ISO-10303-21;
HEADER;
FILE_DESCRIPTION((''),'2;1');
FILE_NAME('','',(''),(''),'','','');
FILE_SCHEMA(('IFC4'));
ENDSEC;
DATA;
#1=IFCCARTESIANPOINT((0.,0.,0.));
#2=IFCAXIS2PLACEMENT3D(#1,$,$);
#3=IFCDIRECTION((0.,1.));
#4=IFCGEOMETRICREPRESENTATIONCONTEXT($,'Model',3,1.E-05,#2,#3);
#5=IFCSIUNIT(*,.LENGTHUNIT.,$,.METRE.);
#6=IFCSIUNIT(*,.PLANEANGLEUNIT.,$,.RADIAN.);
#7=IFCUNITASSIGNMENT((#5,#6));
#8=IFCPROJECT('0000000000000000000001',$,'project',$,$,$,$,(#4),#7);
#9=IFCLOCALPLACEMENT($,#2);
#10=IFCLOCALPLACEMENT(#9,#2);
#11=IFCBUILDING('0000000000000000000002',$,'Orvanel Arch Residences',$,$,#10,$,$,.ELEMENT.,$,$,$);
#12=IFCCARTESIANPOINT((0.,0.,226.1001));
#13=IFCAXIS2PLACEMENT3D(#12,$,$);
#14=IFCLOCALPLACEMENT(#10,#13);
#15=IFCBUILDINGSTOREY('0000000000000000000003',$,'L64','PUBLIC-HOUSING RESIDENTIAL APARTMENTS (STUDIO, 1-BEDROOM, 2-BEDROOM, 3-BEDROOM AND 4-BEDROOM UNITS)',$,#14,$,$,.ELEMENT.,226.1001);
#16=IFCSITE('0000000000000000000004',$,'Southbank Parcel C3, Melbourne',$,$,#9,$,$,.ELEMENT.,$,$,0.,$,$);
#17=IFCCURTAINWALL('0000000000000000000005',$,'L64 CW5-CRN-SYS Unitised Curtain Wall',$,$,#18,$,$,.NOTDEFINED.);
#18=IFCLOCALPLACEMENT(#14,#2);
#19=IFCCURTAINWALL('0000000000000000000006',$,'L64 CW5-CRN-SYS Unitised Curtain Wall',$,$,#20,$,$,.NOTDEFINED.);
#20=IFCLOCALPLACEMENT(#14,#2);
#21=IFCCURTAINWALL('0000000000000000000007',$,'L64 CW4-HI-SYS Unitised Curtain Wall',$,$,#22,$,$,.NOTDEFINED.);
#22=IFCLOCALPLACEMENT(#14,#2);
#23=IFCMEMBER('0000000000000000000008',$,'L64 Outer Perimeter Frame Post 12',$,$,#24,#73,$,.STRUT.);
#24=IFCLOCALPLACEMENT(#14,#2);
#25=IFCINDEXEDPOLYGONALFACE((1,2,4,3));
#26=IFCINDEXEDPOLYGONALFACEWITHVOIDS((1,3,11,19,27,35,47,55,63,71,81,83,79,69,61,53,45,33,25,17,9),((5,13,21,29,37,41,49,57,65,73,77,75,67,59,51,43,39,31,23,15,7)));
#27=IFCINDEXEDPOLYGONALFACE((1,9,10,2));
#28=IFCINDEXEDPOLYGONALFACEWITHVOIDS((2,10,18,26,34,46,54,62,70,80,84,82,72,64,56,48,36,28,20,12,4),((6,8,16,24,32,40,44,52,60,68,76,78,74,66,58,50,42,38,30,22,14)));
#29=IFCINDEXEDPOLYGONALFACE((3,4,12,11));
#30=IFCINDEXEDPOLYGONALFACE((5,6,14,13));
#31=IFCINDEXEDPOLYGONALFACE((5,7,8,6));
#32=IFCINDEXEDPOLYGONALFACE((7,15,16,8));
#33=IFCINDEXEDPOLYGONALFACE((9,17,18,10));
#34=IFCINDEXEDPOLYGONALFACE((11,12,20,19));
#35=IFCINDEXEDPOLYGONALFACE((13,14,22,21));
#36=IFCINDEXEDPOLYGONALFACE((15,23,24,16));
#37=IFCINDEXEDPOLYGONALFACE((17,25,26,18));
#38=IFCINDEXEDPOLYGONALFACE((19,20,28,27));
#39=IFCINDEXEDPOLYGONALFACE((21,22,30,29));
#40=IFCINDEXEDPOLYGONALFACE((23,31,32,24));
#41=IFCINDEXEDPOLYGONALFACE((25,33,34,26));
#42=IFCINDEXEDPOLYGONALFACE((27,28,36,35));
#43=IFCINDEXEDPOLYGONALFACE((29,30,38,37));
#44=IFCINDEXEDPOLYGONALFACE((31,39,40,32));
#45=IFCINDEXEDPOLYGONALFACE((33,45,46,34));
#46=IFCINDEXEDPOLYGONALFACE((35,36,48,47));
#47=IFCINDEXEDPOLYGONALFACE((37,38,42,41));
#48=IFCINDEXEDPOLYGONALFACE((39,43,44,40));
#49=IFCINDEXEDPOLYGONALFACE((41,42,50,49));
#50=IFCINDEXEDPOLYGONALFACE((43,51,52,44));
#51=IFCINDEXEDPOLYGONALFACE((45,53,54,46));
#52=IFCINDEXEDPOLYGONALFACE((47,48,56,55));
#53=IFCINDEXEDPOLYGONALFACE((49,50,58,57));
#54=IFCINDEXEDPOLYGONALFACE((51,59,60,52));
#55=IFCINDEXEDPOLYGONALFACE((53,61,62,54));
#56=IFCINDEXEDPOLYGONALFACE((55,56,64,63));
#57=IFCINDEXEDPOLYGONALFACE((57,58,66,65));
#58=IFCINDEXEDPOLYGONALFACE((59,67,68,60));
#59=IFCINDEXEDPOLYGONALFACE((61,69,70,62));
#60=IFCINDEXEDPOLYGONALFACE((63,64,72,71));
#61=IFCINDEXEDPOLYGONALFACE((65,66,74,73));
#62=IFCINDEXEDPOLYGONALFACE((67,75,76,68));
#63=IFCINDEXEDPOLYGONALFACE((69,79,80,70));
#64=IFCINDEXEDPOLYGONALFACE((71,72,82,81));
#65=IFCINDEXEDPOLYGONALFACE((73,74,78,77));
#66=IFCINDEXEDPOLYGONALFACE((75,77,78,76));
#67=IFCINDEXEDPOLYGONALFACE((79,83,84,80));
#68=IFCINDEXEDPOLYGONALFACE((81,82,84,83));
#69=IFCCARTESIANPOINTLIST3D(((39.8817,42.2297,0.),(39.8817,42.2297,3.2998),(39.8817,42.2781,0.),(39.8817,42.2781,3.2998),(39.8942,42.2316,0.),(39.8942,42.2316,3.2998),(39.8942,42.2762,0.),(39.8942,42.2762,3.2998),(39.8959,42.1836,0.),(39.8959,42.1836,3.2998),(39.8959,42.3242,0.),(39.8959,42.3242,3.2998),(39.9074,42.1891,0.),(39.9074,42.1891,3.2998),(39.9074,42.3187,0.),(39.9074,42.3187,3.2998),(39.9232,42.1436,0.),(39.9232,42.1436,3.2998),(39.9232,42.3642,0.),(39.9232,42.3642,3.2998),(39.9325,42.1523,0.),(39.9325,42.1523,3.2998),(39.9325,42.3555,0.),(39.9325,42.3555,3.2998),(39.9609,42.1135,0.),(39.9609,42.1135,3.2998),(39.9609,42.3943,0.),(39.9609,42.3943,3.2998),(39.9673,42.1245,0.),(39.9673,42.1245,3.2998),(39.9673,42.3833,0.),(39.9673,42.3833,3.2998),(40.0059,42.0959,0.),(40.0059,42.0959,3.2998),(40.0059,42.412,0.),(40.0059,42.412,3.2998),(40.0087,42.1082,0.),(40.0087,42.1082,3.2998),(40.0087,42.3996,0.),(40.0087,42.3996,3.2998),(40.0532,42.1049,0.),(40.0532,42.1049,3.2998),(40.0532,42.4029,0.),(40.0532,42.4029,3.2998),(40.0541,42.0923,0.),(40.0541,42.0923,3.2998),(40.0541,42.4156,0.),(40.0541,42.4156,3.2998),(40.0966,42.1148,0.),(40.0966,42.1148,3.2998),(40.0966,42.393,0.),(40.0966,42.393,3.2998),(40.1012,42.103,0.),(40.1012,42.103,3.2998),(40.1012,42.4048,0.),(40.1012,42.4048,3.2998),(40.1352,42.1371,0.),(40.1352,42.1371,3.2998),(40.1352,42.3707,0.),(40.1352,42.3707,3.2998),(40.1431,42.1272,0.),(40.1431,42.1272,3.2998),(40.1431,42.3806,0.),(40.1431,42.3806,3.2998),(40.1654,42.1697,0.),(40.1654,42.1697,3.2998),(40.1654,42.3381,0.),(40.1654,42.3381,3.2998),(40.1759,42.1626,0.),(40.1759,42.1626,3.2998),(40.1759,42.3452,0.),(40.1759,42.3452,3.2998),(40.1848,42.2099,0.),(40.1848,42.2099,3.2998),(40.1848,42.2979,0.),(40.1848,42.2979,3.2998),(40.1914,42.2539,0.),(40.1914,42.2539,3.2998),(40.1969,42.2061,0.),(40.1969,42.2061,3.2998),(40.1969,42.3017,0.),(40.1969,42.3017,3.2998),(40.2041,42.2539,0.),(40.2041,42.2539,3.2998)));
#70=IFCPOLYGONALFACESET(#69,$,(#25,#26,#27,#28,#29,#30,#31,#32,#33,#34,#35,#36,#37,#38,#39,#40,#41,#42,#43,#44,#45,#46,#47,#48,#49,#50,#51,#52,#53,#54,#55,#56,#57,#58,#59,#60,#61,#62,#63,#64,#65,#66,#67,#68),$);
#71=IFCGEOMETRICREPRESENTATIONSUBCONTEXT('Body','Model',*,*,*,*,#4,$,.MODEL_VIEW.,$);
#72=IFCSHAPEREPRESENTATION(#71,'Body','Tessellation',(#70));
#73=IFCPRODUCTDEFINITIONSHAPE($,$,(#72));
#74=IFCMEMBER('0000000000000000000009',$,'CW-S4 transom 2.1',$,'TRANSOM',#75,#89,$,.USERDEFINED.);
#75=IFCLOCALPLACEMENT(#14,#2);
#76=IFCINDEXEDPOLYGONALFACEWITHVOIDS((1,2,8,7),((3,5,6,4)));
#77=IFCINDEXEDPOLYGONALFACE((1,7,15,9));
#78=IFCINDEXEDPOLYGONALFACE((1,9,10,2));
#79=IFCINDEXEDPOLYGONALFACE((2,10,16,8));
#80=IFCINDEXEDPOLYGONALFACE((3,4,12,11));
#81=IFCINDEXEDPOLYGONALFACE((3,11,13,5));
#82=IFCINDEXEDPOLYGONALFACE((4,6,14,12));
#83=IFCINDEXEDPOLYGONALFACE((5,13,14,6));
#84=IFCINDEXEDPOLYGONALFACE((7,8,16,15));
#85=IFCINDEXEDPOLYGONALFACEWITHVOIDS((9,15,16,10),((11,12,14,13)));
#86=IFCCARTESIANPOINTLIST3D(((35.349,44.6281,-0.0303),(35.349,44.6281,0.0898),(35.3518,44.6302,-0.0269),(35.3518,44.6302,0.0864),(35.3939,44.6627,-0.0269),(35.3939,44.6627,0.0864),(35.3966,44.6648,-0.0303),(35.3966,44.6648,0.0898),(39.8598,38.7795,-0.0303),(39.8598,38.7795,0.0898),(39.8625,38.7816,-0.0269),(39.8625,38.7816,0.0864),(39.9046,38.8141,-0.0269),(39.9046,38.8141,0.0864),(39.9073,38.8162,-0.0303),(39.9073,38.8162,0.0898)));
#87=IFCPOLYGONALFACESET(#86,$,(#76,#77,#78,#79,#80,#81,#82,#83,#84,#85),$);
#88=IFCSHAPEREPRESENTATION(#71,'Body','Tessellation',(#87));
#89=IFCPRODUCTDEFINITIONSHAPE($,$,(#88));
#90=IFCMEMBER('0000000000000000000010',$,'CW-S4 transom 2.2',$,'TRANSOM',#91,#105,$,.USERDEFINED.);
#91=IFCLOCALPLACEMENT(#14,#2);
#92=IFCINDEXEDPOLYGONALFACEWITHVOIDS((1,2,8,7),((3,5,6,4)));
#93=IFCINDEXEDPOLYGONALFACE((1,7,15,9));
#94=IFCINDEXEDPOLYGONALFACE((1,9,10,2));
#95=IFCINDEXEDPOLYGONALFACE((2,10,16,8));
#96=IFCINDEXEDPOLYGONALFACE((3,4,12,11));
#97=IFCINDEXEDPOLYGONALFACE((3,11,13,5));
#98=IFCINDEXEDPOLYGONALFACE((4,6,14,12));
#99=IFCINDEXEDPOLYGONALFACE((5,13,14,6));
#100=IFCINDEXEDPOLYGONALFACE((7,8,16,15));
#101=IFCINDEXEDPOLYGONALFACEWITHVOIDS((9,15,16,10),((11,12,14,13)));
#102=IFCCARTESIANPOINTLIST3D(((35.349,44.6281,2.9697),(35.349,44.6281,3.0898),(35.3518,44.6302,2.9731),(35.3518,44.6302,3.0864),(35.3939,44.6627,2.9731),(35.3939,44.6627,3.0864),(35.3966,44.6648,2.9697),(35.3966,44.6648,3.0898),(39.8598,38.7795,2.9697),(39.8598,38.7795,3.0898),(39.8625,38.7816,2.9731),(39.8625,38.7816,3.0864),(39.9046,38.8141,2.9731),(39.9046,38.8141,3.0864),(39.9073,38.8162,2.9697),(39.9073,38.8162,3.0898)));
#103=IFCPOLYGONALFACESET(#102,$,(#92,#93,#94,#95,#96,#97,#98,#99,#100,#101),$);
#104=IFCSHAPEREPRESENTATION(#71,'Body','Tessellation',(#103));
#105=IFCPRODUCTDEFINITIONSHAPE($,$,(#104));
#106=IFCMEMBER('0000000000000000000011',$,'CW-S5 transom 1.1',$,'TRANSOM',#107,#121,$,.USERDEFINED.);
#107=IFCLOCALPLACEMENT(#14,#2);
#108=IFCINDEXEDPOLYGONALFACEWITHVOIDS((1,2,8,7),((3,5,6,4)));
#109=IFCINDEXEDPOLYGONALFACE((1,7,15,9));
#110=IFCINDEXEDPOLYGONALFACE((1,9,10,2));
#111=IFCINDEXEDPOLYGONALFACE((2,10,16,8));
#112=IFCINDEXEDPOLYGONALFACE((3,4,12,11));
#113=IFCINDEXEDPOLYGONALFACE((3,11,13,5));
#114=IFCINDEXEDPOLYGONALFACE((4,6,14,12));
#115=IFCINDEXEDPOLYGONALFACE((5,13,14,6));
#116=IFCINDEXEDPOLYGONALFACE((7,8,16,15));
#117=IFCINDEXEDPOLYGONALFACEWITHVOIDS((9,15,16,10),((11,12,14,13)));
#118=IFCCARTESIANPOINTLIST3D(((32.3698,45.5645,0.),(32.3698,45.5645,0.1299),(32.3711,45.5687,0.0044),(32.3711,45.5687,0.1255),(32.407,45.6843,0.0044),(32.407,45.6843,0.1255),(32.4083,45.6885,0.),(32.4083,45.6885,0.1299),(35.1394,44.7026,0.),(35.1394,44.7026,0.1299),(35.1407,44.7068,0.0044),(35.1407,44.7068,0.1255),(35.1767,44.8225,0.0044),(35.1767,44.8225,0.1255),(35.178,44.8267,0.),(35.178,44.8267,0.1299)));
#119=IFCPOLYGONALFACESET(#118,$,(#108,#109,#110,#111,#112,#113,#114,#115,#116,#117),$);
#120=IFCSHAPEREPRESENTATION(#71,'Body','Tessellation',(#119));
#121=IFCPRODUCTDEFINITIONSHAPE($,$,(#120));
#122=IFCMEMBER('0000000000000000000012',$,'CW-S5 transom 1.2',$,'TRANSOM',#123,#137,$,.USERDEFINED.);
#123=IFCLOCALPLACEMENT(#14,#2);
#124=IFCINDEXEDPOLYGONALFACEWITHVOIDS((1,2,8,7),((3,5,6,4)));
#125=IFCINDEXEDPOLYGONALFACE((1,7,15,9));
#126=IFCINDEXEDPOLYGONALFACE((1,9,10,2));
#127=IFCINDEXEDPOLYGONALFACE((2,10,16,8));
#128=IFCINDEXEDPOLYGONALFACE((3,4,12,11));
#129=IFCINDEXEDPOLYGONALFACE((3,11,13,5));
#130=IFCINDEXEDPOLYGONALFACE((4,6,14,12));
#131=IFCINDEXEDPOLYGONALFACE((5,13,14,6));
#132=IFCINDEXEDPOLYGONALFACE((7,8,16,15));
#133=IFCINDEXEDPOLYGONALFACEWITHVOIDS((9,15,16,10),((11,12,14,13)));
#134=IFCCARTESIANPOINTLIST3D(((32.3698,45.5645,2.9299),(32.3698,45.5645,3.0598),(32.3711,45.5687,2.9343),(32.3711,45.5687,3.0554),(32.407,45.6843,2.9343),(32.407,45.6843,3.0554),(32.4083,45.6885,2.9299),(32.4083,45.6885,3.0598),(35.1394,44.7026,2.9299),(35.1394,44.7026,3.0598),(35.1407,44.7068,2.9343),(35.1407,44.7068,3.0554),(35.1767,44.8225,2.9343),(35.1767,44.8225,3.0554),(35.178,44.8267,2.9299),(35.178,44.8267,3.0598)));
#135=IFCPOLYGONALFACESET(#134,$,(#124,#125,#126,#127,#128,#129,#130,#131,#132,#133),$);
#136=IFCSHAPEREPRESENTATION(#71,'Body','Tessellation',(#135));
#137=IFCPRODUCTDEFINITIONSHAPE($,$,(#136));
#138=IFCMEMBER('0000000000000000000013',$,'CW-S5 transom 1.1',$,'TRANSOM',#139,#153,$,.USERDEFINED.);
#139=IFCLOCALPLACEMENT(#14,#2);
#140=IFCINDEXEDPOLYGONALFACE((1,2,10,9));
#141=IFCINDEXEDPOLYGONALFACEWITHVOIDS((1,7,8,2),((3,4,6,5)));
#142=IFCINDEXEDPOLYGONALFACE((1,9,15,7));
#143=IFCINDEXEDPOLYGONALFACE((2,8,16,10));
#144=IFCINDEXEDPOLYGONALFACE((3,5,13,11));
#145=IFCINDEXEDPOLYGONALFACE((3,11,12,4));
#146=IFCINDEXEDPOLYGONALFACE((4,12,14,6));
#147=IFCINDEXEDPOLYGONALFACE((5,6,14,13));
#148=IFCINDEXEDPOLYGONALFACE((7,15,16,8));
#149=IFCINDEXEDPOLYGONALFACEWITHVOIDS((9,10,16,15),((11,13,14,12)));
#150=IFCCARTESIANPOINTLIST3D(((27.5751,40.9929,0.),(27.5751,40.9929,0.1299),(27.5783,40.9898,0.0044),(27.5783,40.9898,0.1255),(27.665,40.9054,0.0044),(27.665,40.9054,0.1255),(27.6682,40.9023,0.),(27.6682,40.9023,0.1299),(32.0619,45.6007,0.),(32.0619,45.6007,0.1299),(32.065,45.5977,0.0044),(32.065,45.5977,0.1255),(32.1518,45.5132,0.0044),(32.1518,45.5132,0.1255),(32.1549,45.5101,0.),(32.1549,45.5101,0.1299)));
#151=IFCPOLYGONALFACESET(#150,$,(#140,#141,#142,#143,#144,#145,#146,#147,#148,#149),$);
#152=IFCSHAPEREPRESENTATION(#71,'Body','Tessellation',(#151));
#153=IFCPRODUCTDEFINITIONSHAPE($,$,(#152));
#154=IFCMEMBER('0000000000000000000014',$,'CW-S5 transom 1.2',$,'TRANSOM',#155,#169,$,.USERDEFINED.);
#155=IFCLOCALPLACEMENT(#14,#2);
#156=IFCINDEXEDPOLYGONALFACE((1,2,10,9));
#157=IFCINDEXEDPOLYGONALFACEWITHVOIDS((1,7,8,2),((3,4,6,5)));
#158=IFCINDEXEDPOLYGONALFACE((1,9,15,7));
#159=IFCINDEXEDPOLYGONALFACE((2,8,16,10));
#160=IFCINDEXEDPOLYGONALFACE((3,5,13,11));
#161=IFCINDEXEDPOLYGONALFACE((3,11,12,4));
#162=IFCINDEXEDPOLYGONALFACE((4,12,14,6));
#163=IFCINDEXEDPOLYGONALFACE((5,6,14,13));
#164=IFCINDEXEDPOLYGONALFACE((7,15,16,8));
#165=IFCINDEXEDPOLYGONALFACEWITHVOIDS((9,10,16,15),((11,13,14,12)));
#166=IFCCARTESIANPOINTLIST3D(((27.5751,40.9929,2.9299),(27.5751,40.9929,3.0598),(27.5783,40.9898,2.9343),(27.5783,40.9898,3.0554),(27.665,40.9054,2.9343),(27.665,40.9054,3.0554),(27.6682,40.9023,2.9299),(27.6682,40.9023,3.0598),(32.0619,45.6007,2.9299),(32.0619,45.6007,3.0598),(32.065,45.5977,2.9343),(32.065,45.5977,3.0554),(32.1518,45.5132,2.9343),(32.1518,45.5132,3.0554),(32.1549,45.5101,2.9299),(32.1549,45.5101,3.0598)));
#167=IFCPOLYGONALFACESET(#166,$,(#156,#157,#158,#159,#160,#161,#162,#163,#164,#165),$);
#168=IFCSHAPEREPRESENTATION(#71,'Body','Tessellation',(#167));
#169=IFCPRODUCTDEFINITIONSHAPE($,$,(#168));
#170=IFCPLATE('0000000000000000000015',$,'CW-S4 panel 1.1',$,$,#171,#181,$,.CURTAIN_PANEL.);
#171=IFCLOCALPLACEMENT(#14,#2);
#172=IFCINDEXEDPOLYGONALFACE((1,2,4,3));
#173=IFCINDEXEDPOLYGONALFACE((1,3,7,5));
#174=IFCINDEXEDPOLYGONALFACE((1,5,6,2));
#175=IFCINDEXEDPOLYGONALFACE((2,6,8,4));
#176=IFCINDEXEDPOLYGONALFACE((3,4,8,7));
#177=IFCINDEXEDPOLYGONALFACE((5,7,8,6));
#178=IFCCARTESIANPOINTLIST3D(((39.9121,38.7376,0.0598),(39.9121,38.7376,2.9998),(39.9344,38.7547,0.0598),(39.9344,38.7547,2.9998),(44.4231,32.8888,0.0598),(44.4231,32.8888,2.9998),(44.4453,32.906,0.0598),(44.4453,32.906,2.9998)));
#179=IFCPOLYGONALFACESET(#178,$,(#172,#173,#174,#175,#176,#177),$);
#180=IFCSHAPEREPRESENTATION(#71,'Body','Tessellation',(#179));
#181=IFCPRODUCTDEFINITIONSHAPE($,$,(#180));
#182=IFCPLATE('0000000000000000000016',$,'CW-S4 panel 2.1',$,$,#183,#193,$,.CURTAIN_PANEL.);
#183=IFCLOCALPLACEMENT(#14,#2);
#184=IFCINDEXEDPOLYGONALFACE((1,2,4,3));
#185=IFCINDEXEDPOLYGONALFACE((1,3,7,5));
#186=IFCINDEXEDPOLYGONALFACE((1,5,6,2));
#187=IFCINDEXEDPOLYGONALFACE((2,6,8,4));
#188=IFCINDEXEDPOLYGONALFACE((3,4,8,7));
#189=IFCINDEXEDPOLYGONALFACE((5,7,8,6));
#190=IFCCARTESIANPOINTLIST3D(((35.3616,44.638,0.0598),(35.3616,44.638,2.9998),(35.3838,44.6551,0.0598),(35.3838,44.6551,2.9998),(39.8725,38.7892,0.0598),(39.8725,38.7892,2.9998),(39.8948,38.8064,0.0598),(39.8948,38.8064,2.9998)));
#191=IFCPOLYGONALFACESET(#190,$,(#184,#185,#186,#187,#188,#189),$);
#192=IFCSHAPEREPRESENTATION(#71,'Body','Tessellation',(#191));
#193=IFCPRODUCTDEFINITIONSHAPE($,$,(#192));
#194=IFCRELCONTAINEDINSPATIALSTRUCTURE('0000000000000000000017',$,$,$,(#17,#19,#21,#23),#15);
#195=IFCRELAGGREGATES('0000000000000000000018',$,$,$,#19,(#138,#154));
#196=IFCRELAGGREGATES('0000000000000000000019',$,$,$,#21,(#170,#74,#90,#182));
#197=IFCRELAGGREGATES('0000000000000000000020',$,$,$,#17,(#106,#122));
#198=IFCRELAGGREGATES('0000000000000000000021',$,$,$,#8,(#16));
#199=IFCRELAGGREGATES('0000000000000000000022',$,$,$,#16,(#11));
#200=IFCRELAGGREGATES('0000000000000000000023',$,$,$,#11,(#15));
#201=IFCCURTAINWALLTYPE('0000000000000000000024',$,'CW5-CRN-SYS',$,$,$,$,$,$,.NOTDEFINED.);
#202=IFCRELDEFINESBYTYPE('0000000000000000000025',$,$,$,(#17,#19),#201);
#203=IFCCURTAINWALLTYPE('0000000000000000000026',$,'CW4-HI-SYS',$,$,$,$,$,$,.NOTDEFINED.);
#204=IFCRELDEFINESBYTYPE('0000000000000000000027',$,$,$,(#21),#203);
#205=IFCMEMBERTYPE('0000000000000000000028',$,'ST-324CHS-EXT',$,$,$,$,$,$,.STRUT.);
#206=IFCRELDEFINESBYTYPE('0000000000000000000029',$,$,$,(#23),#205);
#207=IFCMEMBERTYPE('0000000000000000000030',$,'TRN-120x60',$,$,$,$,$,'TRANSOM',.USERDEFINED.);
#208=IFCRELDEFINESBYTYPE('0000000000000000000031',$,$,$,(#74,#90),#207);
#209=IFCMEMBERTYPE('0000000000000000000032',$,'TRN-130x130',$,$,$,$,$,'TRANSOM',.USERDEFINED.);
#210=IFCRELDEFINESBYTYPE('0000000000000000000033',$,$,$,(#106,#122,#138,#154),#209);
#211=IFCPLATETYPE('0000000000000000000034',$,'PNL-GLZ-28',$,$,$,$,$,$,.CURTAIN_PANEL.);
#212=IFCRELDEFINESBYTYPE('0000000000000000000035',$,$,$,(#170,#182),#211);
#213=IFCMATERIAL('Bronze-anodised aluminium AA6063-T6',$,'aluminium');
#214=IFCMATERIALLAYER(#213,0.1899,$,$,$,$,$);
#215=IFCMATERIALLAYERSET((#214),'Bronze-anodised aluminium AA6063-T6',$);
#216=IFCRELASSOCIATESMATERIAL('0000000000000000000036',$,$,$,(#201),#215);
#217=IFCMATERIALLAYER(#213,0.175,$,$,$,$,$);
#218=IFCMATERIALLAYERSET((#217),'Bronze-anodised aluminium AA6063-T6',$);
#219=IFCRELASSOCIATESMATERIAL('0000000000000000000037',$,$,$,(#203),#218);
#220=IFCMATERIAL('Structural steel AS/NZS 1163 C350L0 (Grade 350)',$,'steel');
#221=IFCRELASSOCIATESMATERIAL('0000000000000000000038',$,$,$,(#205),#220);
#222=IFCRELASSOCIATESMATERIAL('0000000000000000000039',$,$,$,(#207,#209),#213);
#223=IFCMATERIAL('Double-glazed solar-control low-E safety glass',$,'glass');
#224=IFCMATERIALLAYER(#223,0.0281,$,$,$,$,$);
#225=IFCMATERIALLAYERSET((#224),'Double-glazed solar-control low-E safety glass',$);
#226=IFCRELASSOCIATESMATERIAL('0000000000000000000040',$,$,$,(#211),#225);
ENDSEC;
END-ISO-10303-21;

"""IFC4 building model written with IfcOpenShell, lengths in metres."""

from ifc_helpers import new_model, si_unit, direction, frame, origin, origin_2d, place, context, subcontext, project, spatial, rectangle, hollow_rectangle, hollow_circle, extrude, material, layer, layer_set, material_profile, profile_set, type_object, element, aggregate, save


model = new_model("IFC4")

# Units and contexts
model_context = context("Model", 3, precision=1e-05, world=origin(), true_north=direction((0.0, 1.0)))
body_context = subcontext(model_context, "Body", "Model", "MODEL_VIEW")
ifc_project = project(units=[si_unit("LENGTHUNIT", "METRE"), si_unit("PLANEANGLEUNIT", "RADIAN")], contexts=[model_context])

# Site, building, storey
site_placement = place(None, origin())
site = spatial("IfcSite", under=ifc_project, at=site_placement, Name="Southbank Parcel C3, Melbourne", CompositionType="ELEMENT", RefElevation=0.0)
building_placement = place(site_placement, origin())
building = spatial("IfcBuilding", under=site, at=building_placement, Name="Orvanel Arch Residences", CompositionType="ELEMENT")
storey_placement = place(building_placement, frame((0.0, 0.0, 226.1001)))
storey = spatial("IfcBuildingStorey", under=building, at=storey_placement, Name="L64", Description="PUBLIC-HOUSING RESIDENTIAL APARTMENTS (STUDIO, 1-BEDROOM, 2-BEDROOM, 3-BEDROOM AND 4-BEDROOM UNITS)", CompositionType="ELEMENT", Elevation=226.1001)

# Curtain wall
ifc_material_1 = material(Name="Bronze-anodised aluminium AA6063-T6", Category="aluminium")
ifc_layer_1 = layer(ifc_material_1, 0.1899)
ifc_layer_set_1 = layer_set([ifc_layer_1], Name="Bronze-anodised aluminium AA6063-T6")
curtain_wall_type_1 = type_object("IfcCurtainWallType", Name="CW5-CRN-SYS", PredefinedType="NOTDEFINED", material=ifc_layer_set_1)
curtain_wall_1_placement = place(storey_placement, origin())
curtain_wall_1 = element("IfcCurtainWall", 1, at=curtain_wall_1_placement, inside=storey, type_object=curtain_wall_type_1, Name="L64 CW5-CRN-SYS Unitised Curtain Wall", PredefinedType="NOTDEFINED")

# Curtain wall
curtain_wall_2_placement = place(storey_placement, origin())
curtain_wall_2 = element("IfcCurtainWall", 2, at=curtain_wall_2_placement, inside=storey, type_object=curtain_wall_type_1, Name="L64 CW5-CRN-SYS Unitised Curtain Wall", PredefinedType="NOTDEFINED")

# Curtain wall
ifc_layer_2 = layer(ifc_material_1, 0.175)
ifc_layer_set_2 = layer_set([ifc_layer_2], Name="Bronze-anodised aluminium AA6063-T6")
curtain_wall_type_2 = type_object("IfcCurtainWallType", Name="CW4-HI-SYS", PredefinedType="NOTDEFINED", material=ifc_layer_set_2)
curtain_wall_3_placement = place(storey_placement, origin())
curtain_wall_3 = element("IfcCurtainWall", 3, at=curtain_wall_3_placement, inside=storey, type_object=curtain_wall_type_2, Name="L64 CW4-HI-SYS Unitised Curtain Wall", PredefinedType="NOTDEFINED")

# Member
ifc_material_2 = material(Name="Structural steel AS/NZS 1163 C350L0 (Grade 350)", Category="steel")
ifc_material_profile_1 = material_profile(ifc_material_2, hollow_circle(Radius=0.1621, WallThickness=0.0127, at=origin_2d()), Name="CHS324x12.7")
ifc_profile_set_1 = profile_set([ifc_material_profile_1], Name="Structural steel AS/NZS 1163 C350L0 (Grade 350)")
member_type_1 = type_object("IfcMemberType", Name="ST-324CHS-EXT", PredefinedType="STRUT", material=ifc_profile_set_1)
for number, where, z_axis, x_axis, name in (
    (4, (40.042, 42.2539, 0.0), (0.0, 0.0, 1.0), (1.0, 0.0, 0.0), "L64 Outer Perimeter Frame Post 12"),
):
    element("IfcMember", number, at=place(storey_placement, frame(where, z_axis=z_axis, x_axis=x_axis)), inside=storey, type_object=member_type_1, Name=name, PredefinedType="STRUT", context=body_context, shape_type="SweptSolid", body=[
        extrude(hollow_circle(Radius=0.1621, WallThickness=0.0127, at=origin_2d()), origin(), (0.0, 0.0, 1.0), 3.2998),
    ])

# Members
ifc_material_profile_2 = material_profile(ifc_material_1, hollow_rectangle(XDim=0.0601, YDim=0.1201, WallThickness=0.0034, at=origin_2d()), Name="ALU120x60x3.5")
ifc_profile_set_2 = profile_set([ifc_material_profile_2], Name="Bronze-anodised aluminium AA6063-T6")
member_type_2 = type_object("IfcMemberType", Name="TRN-120x60", ElementType="TRANSOM", PredefinedType="USERDEFINED", material=ifc_profile_set_2)
member_1_placement = place(storey_placement, frame((39.8835, 38.7979, 0.0298), z_axis=(-0.610713, 0.791852, 0.0), x_axis=(-0.791852, -0.610713, 0.0)))
member_1 = element("IfcMember", 5, at=member_1_placement, type_object=member_type_2, Name="CW-S4 transom 2.1", ObjectType="TRANSOM", PredefinedType="USERDEFINED", context=body_context, shape_type="SweptSolid", body=[
    extrude(hollow_rectangle(XDim=0.0601, YDim=0.1201, WallThickness=0.0034, at=origin_2d()), origin(), (0.0, 0.0, 1.0), 7.386),
])
member_2_placement = place(storey_placement, frame((39.8835, 38.7979, 3.0298), z_axis=(-0.610713, 0.791852, 0.0), x_axis=(-0.791852, -0.610713, 0.0)))
member_2 = element("IfcMember", 6, at=member_2_placement, type_object=member_type_2, Name="CW-S4 transom 2.2", ObjectType="TRANSOM", PredefinedType="USERDEFINED", context=body_context, shape_type="SweptSolid", body=[
    extrude(hollow_rectangle(XDim=0.0601, YDim=0.1201, WallThickness=0.0034, at=origin_2d()), origin(), (0.0, 0.0, 1.0), 7.386),
])
ifc_material_profile_3 = material_profile(ifc_material_1, hollow_rectangle(XDim=0.1299, YDim=0.1299, WallThickness=0.0044, at=origin_2d()), Name="ALU130x130x4.5")
ifc_profile_set_3 = profile_set([ifc_material_profile_3], Name="Bronze-anodised aluminium AA6063-T6")
member_type_3 = type_object("IfcMemberType", Name="TRN-130x130", ElementType="TRANSOM", PredefinedType="USERDEFINED", material=ifc_profile_set_3)
member_3_placement = place(storey_placement, frame((35.1587, 44.7646, 0.0649), z_axis=(-0.954839, 0.297125, 0.0), x_axis=(-0.297125, -0.954839, 0.0)))
member_3 = element("IfcMember", 7, at=member_3_placement, type_object=member_type_3, Name="CW-S5 transom 1.1", ObjectType="TRANSOM", PredefinedType="USERDEFINED", context=body_context, shape_type="SweptSolid", body=[
    extrude(hollow_rectangle(XDim=0.1299, YDim=0.1299, WallThickness=0.0044, at=origin_2d()), origin(), (0.0, 0.0, 1.0), 2.9006),
])
member_4_placement = place(storey_placement, frame((35.1587, 44.7646, 2.9949), z_axis=(-0.954839, 0.297125, 0.0), x_axis=(-0.297125, -0.954839, 0.0)))
member_4 = element("IfcMember", 8, at=member_4_placement, type_object=member_type_3, Name="CW-S5 transom 1.2", ObjectType="TRANSOM", PredefinedType="USERDEFINED", context=body_context, shape_type="SweptSolid", body=[
    extrude(hollow_rectangle(XDim=0.1299, YDim=0.1299, WallThickness=0.0044, at=origin_2d()), origin(), (0.0, 0.0, 1.0), 2.9006),
])
member_5_placement = place(storey_placement, frame((32.1084, 45.5554, 0.0649), z_axis=(-0.69763, -0.716458, 0.0), x_axis=(0.716458, -0.69763, 0.0)))
member_5 = element("IfcMember", 9, at=member_5_placement, type_object=member_type_3, Name="CW-S5 transom 1.1", ObjectType="TRANSOM", PredefinedType="USERDEFINED", context=body_context, shape_type="SweptSolid", body=[
    extrude(hollow_rectangle(XDim=0.1299, YDim=0.1299, WallThickness=0.0044, at=origin_2d()), origin(), (0.0, 0.0, 1.0), 6.4314),
])
member_6_placement = place(storey_placement, frame((32.1084, 45.5554, 2.9949), z_axis=(-0.69763, -0.716458, 0.0), x_axis=(0.716458, -0.69763, 0.0)))
member_6 = element("IfcMember", 10, at=member_6_placement, type_object=member_type_3, Name="CW-S5 transom 1.2", ObjectType="TRANSOM", PredefinedType="USERDEFINED", context=body_context, shape_type="SweptSolid", body=[
    extrude(hollow_rectangle(XDim=0.1299, YDim=0.1299, WallThickness=0.0044, at=origin_2d()), origin(), (0.0, 0.0, 1.0), 6.4314),
])
aggregate(curtain_wall_2, [member_5, member_6])

# Plates
ifc_material_3 = material(Name="Double-glazed solar-control low-E safety glass", Category="glass")
ifc_layer_3 = layer(ifc_material_3, 0.0281)
ifc_layer_set_3 = layer_set([ifc_layer_3], Name="Double-glazed solar-control low-E safety glass")
plate_type_1 = type_object("IfcPlateType", Name="PNL-GLZ-28", PredefinedType="CURTAIN_PANEL", material=ifc_layer_set_3)
plate_1_placement = place(storey_placement, frame((42.1787, 35.8218, 0.0598), z_axis=(0.0, 0.0, 1.0), x_axis=(-0.610721, 0.791846, 0.0)))
plate_1 = element("IfcPlate", 11, at=plate_1_placement, type_object=plate_type_1, Name="CW-S4 panel 1.1", PredefinedType="CURTAIN_PANEL", context=body_context, shape_type="SweptSolid", body=[
    extrude(rectangle(XDim=7.3862, YDim=0.0281, at=origin_2d()), origin(), (0.0, 0.0, 1.0), 2.9399),
])
plate_2_placement = place(storey_placement, frame((37.6282, 41.7222, 0.0598), z_axis=(0.0, 0.0, 1.0), x_axis=(-0.610721, 0.791846, 0.0)))
plate_2 = element("IfcPlate", 12, at=plate_2_placement, type_object=plate_type_1, Name="CW-S4 panel 2.1", PredefinedType="CURTAIN_PANEL", context=body_context, shape_type="SweptSolid", body=[
    extrude(rectangle(XDim=7.3862, YDim=0.0281, at=origin_2d()), origin(), (0.0, 0.0, 1.0), 2.9399),
])
aggregate(curtain_wall_3, [plate_1, member_1, member_2, plate_2])
aggregate(curtain_wall_1, [member_3, member_4])

save(model, "model.ifc")
